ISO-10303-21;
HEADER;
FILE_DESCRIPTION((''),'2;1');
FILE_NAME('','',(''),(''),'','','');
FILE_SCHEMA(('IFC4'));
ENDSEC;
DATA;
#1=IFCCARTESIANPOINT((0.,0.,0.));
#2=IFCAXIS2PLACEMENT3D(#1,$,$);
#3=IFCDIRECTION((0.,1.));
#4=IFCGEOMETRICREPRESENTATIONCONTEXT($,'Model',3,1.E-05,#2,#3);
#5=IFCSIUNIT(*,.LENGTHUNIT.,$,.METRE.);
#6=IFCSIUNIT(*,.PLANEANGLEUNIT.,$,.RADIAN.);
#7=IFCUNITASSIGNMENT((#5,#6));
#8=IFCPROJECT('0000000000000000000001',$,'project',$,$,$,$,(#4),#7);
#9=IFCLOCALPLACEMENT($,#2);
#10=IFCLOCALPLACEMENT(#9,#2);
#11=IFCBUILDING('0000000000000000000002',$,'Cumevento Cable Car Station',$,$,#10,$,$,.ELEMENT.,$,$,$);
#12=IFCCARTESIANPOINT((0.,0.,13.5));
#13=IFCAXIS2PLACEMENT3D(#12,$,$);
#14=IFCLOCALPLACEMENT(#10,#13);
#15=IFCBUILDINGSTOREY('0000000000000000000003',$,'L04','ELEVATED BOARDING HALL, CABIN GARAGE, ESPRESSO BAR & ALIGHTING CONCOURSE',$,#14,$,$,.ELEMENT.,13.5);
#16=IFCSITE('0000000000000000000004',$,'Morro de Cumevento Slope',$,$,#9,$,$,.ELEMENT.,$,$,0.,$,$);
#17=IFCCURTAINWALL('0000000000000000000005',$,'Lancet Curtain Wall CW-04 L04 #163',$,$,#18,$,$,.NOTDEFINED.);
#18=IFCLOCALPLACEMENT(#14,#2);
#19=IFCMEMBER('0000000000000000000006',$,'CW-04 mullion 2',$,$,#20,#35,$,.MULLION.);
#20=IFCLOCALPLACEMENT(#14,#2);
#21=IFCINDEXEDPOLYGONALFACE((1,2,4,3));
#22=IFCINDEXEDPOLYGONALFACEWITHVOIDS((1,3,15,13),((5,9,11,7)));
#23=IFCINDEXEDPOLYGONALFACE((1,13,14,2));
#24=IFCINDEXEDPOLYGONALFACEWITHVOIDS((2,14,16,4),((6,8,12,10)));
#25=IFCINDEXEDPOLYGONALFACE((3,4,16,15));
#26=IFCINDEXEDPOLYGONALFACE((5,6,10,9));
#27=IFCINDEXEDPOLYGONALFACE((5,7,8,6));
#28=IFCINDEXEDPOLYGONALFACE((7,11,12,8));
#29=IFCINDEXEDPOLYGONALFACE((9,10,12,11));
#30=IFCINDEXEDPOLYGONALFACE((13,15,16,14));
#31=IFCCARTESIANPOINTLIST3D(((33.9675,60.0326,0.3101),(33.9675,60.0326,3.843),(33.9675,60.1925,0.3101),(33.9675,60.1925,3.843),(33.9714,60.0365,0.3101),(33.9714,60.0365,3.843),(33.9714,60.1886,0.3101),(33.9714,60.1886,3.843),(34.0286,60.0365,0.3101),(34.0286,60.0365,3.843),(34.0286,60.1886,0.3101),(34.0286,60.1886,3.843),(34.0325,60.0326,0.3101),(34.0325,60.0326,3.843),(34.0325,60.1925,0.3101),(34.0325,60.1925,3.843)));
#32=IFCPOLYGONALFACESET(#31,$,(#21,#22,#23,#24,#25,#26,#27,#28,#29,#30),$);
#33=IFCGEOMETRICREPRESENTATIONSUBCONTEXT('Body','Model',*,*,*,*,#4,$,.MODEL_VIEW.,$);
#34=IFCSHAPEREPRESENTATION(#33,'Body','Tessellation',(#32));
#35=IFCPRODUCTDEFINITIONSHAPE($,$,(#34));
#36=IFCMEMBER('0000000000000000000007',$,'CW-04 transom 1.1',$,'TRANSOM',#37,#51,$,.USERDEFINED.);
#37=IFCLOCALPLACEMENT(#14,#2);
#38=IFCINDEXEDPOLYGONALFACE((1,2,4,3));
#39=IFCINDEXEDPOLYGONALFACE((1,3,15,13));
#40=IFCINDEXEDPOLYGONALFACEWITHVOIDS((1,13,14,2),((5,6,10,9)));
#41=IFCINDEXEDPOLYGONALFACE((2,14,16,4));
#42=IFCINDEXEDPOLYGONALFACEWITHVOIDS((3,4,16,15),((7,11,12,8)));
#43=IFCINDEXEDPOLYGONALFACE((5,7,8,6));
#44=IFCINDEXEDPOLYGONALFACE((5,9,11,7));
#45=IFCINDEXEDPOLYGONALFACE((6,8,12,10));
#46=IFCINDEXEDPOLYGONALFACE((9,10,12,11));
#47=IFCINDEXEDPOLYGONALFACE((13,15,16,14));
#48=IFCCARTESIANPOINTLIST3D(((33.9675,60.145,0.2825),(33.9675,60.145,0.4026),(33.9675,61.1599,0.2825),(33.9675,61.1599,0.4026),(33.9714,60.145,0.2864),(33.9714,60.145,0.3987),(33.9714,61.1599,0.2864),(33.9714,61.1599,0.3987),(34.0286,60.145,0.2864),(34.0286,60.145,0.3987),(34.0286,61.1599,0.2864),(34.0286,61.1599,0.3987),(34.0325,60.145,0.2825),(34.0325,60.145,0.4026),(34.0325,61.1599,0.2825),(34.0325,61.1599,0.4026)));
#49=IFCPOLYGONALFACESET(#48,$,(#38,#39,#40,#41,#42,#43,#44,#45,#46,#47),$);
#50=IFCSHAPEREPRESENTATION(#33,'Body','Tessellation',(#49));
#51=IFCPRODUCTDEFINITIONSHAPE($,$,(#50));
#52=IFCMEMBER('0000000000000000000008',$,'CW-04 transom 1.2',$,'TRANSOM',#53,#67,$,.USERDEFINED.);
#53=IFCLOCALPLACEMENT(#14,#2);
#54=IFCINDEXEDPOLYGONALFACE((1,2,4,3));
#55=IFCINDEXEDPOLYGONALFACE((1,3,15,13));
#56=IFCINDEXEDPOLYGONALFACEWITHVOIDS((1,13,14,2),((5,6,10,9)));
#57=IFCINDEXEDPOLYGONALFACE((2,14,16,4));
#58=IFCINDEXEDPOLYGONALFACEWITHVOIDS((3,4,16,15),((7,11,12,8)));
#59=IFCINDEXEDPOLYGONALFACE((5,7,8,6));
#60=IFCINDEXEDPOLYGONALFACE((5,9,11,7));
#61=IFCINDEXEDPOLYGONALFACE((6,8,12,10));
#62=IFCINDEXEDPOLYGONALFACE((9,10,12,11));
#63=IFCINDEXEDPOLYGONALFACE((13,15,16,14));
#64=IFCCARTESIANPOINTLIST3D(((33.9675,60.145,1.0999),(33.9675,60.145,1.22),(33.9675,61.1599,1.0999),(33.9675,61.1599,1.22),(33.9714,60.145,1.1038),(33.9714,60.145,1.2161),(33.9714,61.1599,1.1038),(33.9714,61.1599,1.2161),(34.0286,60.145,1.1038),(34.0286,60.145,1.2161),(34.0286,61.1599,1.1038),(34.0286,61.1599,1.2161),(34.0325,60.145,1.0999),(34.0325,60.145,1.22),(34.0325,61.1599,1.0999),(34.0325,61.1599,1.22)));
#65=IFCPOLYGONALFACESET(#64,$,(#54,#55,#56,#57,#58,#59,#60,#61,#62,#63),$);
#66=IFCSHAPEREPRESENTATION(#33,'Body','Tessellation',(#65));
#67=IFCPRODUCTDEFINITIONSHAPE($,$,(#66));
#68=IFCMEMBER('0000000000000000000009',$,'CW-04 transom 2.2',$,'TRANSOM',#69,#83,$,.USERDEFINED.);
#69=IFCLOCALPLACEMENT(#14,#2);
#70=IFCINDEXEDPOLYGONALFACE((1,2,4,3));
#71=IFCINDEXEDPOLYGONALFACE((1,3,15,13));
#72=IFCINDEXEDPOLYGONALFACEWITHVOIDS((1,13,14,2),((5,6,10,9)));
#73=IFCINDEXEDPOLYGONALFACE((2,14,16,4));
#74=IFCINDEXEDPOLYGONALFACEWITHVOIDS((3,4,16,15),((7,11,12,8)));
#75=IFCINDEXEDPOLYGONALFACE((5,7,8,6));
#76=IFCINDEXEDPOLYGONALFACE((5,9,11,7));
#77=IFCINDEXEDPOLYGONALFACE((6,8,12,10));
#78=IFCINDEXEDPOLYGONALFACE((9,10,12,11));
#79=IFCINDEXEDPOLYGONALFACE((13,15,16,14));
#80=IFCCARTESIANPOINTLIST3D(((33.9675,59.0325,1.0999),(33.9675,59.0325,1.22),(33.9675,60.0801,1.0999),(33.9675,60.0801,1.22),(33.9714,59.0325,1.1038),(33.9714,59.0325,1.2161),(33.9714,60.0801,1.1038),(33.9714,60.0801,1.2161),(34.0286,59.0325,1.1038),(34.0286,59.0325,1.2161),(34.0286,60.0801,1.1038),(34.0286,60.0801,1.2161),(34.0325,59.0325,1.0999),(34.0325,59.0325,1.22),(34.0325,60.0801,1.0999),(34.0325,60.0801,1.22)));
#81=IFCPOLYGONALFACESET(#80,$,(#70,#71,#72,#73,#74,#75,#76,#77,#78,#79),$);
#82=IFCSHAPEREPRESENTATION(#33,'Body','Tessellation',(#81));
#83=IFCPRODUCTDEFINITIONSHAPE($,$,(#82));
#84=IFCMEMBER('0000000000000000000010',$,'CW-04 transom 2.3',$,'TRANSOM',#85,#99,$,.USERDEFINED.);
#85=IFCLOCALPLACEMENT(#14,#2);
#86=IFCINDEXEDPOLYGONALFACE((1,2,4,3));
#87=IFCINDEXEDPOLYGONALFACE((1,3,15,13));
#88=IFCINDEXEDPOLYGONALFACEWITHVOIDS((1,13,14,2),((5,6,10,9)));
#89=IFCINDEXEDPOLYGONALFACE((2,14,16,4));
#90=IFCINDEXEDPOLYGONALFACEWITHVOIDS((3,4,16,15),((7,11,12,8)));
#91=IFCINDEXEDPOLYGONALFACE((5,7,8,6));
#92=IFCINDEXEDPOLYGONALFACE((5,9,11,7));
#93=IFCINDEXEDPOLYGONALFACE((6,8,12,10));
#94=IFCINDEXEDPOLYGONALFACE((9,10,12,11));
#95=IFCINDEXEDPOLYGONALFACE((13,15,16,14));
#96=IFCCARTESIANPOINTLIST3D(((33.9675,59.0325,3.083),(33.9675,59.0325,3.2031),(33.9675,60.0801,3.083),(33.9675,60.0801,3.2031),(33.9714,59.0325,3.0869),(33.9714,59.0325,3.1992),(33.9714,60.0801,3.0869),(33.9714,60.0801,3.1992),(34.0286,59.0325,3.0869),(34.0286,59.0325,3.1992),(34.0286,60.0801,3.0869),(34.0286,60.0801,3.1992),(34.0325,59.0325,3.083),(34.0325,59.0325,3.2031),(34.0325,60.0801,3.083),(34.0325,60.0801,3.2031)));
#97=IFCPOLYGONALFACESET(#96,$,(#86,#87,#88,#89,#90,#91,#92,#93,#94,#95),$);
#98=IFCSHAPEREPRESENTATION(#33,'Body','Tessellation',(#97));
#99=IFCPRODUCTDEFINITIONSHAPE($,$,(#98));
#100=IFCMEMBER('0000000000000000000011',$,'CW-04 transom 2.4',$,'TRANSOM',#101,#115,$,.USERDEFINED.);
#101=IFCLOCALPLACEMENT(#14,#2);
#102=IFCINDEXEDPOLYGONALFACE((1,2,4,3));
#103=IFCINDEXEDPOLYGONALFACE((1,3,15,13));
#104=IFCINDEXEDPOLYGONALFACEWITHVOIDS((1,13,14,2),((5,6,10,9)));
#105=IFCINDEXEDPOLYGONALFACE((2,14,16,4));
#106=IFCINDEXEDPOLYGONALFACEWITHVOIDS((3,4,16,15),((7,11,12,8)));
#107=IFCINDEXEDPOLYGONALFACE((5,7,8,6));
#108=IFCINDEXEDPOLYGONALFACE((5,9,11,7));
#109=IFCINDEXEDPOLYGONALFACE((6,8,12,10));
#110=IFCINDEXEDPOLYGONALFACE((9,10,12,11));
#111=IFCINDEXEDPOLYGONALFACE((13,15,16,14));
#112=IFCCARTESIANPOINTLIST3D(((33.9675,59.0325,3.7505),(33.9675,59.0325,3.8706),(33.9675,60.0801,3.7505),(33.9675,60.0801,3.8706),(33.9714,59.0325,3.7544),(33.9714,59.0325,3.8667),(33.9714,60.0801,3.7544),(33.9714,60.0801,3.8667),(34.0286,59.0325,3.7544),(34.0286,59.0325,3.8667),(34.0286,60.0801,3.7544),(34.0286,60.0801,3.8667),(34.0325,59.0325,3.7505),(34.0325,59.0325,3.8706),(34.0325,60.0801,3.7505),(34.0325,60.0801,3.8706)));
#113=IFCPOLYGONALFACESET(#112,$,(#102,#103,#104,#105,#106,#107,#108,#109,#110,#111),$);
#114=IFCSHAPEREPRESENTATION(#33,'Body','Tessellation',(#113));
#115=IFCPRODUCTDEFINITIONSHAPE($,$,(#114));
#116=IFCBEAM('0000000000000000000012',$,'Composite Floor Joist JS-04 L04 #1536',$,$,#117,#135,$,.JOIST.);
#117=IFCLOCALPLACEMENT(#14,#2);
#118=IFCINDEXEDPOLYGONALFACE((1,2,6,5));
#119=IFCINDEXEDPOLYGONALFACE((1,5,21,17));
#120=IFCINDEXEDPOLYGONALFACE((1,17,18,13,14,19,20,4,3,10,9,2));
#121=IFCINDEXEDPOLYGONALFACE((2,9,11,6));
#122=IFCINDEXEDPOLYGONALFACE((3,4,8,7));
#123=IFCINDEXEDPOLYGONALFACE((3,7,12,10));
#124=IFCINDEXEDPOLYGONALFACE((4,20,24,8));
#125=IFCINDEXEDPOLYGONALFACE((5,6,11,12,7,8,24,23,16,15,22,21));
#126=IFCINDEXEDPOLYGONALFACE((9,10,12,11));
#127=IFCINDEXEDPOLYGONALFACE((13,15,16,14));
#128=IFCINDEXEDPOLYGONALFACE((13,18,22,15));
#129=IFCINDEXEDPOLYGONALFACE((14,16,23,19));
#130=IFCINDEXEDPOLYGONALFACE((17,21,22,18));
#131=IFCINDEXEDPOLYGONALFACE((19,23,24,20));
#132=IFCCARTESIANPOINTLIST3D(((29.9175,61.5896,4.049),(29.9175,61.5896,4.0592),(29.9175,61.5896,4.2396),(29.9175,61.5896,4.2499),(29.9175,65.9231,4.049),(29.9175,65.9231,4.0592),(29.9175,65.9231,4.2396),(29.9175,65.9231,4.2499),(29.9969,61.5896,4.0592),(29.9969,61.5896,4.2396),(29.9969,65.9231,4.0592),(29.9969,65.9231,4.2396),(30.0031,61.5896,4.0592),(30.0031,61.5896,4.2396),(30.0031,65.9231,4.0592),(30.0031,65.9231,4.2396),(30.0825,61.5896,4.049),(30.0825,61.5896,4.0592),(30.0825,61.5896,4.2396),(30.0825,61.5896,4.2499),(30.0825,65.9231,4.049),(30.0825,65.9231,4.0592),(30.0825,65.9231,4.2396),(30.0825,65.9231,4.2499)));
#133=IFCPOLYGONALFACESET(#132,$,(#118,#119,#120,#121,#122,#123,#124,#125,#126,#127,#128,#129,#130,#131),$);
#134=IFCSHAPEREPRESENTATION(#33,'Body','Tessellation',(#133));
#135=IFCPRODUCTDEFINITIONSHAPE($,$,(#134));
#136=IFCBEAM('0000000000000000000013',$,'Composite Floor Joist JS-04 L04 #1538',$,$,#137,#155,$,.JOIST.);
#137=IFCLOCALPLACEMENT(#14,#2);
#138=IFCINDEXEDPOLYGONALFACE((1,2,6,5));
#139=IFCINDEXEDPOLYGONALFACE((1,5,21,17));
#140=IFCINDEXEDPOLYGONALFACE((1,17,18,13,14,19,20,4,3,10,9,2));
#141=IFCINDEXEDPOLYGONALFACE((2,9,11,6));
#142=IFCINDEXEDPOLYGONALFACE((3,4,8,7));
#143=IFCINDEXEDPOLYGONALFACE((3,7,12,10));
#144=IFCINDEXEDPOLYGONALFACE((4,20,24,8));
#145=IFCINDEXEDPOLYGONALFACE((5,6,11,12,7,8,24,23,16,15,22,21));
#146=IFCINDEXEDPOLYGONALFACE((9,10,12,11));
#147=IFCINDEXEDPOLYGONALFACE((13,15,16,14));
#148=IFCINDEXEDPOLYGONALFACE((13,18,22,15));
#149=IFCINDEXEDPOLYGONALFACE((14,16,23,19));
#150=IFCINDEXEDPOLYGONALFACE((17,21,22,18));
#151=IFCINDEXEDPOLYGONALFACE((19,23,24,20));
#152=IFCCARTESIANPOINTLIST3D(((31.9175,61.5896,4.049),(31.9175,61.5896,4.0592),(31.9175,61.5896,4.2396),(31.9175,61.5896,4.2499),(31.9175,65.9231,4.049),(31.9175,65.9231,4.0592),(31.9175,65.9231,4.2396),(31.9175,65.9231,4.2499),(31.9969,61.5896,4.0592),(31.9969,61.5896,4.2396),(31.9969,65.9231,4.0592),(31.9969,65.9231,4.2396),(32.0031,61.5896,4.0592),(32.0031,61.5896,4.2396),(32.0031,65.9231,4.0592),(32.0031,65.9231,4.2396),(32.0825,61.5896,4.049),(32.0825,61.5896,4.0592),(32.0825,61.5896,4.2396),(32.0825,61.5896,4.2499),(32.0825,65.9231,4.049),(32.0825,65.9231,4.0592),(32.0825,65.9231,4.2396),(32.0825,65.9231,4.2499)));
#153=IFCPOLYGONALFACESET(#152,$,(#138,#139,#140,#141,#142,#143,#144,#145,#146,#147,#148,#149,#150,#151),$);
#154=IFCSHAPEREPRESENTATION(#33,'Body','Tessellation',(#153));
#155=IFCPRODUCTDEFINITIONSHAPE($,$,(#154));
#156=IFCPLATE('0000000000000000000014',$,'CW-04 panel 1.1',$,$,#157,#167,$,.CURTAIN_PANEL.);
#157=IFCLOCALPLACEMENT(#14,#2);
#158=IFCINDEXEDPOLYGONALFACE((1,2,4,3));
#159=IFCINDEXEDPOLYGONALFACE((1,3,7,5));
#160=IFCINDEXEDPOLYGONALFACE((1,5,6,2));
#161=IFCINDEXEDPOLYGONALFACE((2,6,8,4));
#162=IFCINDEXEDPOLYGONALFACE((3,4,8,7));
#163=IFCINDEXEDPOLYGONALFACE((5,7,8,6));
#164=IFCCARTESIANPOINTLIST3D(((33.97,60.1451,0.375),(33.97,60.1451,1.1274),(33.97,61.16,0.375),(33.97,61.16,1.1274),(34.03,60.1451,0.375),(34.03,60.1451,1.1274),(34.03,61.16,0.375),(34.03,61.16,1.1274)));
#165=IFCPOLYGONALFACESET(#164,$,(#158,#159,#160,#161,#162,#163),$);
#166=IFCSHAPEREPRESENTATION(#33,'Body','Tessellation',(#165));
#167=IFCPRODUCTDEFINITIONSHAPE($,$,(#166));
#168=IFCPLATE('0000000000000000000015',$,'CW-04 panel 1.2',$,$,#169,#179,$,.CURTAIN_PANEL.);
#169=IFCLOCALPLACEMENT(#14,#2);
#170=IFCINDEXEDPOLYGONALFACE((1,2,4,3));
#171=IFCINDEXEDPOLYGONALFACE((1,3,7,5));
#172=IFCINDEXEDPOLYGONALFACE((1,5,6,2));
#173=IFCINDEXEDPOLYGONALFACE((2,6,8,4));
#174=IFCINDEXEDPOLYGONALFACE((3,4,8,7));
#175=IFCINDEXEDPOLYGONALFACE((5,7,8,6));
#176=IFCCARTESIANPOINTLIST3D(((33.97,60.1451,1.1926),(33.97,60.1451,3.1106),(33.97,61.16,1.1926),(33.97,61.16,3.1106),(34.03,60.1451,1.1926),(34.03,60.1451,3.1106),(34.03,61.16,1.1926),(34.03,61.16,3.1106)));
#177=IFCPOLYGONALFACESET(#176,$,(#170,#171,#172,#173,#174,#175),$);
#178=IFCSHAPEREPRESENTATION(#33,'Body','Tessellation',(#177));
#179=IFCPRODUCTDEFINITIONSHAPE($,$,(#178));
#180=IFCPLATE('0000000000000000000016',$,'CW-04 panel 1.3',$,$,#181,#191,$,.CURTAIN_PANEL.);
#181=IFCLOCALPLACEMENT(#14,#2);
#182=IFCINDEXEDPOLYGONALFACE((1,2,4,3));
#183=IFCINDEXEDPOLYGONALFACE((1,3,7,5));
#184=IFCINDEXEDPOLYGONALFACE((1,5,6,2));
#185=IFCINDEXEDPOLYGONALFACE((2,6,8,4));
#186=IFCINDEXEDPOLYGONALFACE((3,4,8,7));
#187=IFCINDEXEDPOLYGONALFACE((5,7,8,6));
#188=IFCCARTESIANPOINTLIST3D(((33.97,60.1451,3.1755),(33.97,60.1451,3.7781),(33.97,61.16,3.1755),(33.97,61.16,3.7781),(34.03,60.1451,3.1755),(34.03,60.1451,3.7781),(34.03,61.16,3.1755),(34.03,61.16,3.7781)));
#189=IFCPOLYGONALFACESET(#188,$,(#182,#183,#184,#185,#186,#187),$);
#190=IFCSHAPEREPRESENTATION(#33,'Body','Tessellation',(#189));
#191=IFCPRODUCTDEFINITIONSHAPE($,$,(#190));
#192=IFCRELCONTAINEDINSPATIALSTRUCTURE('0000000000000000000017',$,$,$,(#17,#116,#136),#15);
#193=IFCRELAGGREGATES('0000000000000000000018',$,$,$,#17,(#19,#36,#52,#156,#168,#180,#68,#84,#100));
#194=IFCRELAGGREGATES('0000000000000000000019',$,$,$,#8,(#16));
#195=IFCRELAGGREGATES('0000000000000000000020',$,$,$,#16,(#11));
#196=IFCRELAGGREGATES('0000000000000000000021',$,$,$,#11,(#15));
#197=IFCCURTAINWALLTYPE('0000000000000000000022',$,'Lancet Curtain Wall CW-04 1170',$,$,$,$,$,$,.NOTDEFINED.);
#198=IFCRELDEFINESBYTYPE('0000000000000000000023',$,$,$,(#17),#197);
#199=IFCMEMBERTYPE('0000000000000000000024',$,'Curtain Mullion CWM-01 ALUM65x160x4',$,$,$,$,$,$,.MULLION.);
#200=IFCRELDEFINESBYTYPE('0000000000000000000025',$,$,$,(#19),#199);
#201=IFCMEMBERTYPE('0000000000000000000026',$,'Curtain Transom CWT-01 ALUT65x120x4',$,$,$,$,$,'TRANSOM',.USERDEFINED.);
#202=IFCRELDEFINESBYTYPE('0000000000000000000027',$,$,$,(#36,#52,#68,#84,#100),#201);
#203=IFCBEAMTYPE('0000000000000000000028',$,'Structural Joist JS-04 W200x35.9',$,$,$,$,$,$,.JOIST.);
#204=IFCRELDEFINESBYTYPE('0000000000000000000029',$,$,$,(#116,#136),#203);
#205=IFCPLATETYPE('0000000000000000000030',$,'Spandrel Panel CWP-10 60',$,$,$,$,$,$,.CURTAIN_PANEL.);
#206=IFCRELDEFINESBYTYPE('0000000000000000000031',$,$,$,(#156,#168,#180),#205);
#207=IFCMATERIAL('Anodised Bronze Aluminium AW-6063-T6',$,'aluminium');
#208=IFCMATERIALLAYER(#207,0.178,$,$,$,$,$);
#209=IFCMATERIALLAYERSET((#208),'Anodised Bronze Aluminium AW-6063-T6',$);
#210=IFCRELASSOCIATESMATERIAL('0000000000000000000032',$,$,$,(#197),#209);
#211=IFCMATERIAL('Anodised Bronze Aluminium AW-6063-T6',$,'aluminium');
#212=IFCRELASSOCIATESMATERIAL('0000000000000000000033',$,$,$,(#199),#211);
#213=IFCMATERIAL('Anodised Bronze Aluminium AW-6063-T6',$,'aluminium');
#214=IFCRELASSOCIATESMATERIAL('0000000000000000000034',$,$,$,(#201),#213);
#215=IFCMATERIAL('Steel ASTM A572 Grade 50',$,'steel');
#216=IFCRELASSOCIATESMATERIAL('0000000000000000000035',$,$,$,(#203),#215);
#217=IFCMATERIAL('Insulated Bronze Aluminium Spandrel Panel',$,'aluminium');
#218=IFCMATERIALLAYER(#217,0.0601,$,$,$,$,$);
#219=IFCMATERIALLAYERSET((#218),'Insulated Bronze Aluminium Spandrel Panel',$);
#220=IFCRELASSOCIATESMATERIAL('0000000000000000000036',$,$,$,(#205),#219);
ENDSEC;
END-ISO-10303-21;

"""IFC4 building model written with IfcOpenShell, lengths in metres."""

from ifc_helpers import new_model, si_unit, direction, frame, origin, origin_2d, place, context, subcontext, project, spatial, rectangle, hollow_rectangle, i_section, extrude, material, layer, layer_set, material_profile, profile_set, type_object, element, aggregate, save


model = new_model("IFC4")

# Units and contexts
model_context = context("Model", 3, precision=1e-05, world=origin(), true_north=direction((0.0, 1.0)))
body_context = subcontext(model_context, "Body", "Model", "MODEL_VIEW")
ifc_project = project(units=[si_unit("LENGTHUNIT", "METRE"), si_unit("PLANEANGLEUNIT", "RADIAN")], contexts=[model_context])

# Site, building, storey
site_placement = place(None, origin())
site = spatial("IfcSite", under=ifc_project, at=site_placement, Name="Morro de Cumevento Slope", CompositionType="ELEMENT", RefElevation=0.0)
building_placement = place(site_placement, origin())
building = spatial("IfcBuilding", under=site, at=building_placement, Name="Cumevento Cable Car Station", CompositionType="ELEMENT")
storey_placement = place(building_placement, frame((0.0, 0.0, 13.5)))
storey = spatial("IfcBuildingStorey", under=building, at=storey_placement, Name="L04", Description="ELEVATED BOARDING HALL, CABIN GARAGE, ESPRESSO BAR & ALIGHTING CONCOURSE", CompositionType="ELEMENT", Elevation=13.5)

# Curtain wall, members
ifc_material_1 = material(Name="Anodised Bronze Aluminium AW-6063-T6", Category="aluminium")
ifc_layer_1 = layer(ifc_material_1, 0.178)
ifc_layer_set_1 = layer_set([ifc_layer_1], Name="Anodised Bronze Aluminium AW-6063-T6")
curtain_wall_type = type_object("IfcCurtainWallType", Name="Lancet Curtain Wall CW-04 1170", PredefinedType="NOTDEFINED", material=ifc_layer_set_1)
curtain_wall_placement = place(storey_placement, origin())
curtain_wall = element("IfcCurtainWall", 1, at=curtain_wall_placement, inside=storey, type_object=curtain_wall_type, Name="Lancet Curtain Wall CW-04 L04 #163", PredefinedType="NOTDEFINED")
ifc_material_2 = material(Name="Anodised Bronze Aluminium AW-6063-T6", Category="aluminium")
ifc_material_profile_1 = material_profile(ifc_material_2, hollow_rectangle(XDim=0.0649, YDim=0.1599, WallThickness=0.0039, at=origin_2d()), Name="ALUM65x160x4")
ifc_profile_set_1 = profile_set([ifc_material_profile_1], Name="Anodised Bronze Aluminium AW-6063-T6")
member_type_1 = type_object("IfcMemberType", Name="Curtain Mullion CWM-01 ALUM65x160x4", PredefinedType="MULLION", material=ifc_profile_set_1)
member_1_placement = place(storey_placement, frame((34.0, 60.1125, 0.3101), z_axis=(0.0, 0.0, 1.0), x_axis=(1.0, 0.0, 0.0)))
member_1 = element("IfcMember", 2, at=member_1_placement, type_object=member_type_1, Name="CW-04 mullion 2", PredefinedType="MULLION", context=body_context, shape_type="SweptSolid", body=[
    extrude(hollow_rectangle(XDim=0.0649, YDim=0.1599, WallThickness=0.0039, at=origin_2d()), origin(), (0.0, 0.0, 1.0), 3.533),
])
ifc_material_3 = material(Name="Anodised Bronze Aluminium AW-6063-T6", Category="aluminium")
ifc_material_profile_2 = material_profile(ifc_material_3, hollow_rectangle(XDim=0.0649, YDim=0.1201, WallThickness=0.0039, at=origin_2d()), Name="ALUT65x120x4")
ifc_profile_set_2 = profile_set([ifc_material_profile_2], Name="Anodised Bronze Aluminium AW-6063-T6")
member_type_2 = type_object("IfcMemberType", Name="Curtain Transom CWT-01 ALUT65x120x4", ElementType="TRANSOM", PredefinedType="USERDEFINED", material=ifc_profile_set_2)
member_2_placement = place(storey_placement, frame((34.0, 61.1599, 0.3425), z_axis=(0.0, -1.0, 0.0), x_axis=(1.0, 0.0, 0.0)))
member_2 = element("IfcMember", 3, at=member_2_placement, type_object=member_type_2, Name="CW-04 transom 1.1", ObjectType="TRANSOM", PredefinedType="USERDEFINED", context=body_context, shape_type="SweptSolid", body=[
    extrude(hollow_rectangle(XDim=0.0649, YDim=0.1201, WallThickness=0.0039, at=origin_2d()), origin(), (0.0, 0.0, 1.0), 1.0149),
])
member_3_placement = place(storey_placement, frame((34.0, 61.1599, 1.1599), z_axis=(0.0, -1.0, 0.0), x_axis=(1.0, 0.0, 0.0)))
member_3 = element("IfcMember", 4, at=member_3_placement, type_object=member_type_2, Name="CW-04 transom 1.2", ObjectType="TRANSOM", PredefinedType="USERDEFINED", context=body_context, shape_type="SweptSolid", body=[
    extrude(hollow_rectangle(XDim=0.0649, YDim=0.1201, WallThickness=0.0039, at=origin_2d()), origin(), (0.0, 0.0, 1.0), 1.0149),
])
member_4_placement = place(storey_placement, frame((34.0, 60.0801, 1.1599), z_axis=(0.0, -1.0, 0.0), x_axis=(1.0, 0.0, 0.0)))
member_4 = element("IfcMember", 5, at=member_4_placement, type_object=member_type_2, Name="CW-04 transom 2.2", ObjectType="TRANSOM", PredefinedType="USERDEFINED", context=body_context, shape_type="SweptSolid", body=[
    extrude(hollow_rectangle(XDim=0.0649, YDim=0.1201, WallThickness=0.0039, at=origin_2d()), origin(), (0.0, 0.0, 1.0), 1.0476),
])
member_5_placement = place(storey_placement, frame((34.0, 60.0801, 3.1431), z_axis=(0.0, -1.0, 0.0), x_axis=(1.0, 0.0, 0.0)))
member_5 = element("IfcMember", 6, at=member_5_placement, type_object=member_type_2, Name="CW-04 transom 2.3", ObjectType="TRANSOM", PredefinedType="USERDEFINED", context=body_context, shape_type="SweptSolid", body=[
    extrude(hollow_rectangle(XDim=0.0649, YDim=0.1201, WallThickness=0.0039, at=origin_2d()), origin(), (0.0, 0.0, 1.0), 1.0476),
])
member_6_placement = place(storey_placement, frame((34.0, 60.0801, 3.8105), z_axis=(0.0, -1.0, 0.0), x_axis=(1.0, 0.0, 0.0)))
member_6 = element("IfcMember", 7, at=member_6_placement, type_object=member_type_2, Name="CW-04 transom 2.4", ObjectType="TRANSOM", PredefinedType="USERDEFINED", context=body_context, shape_type="SweptSolid", body=[
    extrude(hollow_rectangle(XDim=0.0649, YDim=0.1201, WallThickness=0.0039, at=origin_2d()), origin(), (0.0, 0.0, 1.0), 1.0476),
])

# Beams
ifc_material_4 = material(Name="Steel ASTM A572 Grade 50", Category="steel")
ifc_material_profile_3 = material_profile(ifc_material_4, i_section(OverallWidth=0.165, OverallDepth=0.2009, WebThickness=0.0061, FlangeThickness=0.0103, at=origin_2d()), Name="W200x35.9")
ifc_profile_set_3 = profile_set([ifc_material_profile_3], Name="Steel ASTM A572 Grade 50")
beam_type = type_object("IfcBeamType", Name="Structural Joist JS-04 W200x35.9", PredefinedType="JOIST", material=ifc_profile_set_3)
for number, where, z_axis, x_axis, name in (
    (8, (30.0, 61.5896, 4.1494), (0.0, 1.0, 0.0), (-1.0, 0.0, 0.0), "Composite Floor Joist JS-04 L04 #1536"),
    (9, (32.0, 61.5896, 4.1494), (0.0, 1.0, 0.0), (-1.0, 0.0, 0.0), "Composite Floor Joist JS-04 L04 #1538"),
):
    element("IfcBeam", number, at=place(storey_placement, frame(where, z_axis=z_axis, x_axis=x_axis)), inside=storey, type_object=beam_type, Name=name, PredefinedType="JOIST", context=body_context, shape_type="SweptSolid", body=[
        extrude(i_section(OverallWidth=0.165, OverallDepth=0.2009, WebThickness=0.0061, FlangeThickness=0.0103, at=origin_2d()), origin(), (0.0, 0.0, 1.0), 4.3335),
    ])

# Plates
ifc_material_5 = material(Name="Insulated Bronze Aluminium Spandrel Panel", Category="aluminium")
ifc_layer_2 = layer(ifc_material_5, 0.0601)
ifc_layer_set_2 = layer_set([ifc_layer_2], Name="Insulated Bronze Aluminium Spandrel Panel")
plate_type = type_object("IfcPlateType", Name="Spandrel Panel CWP-10 60", PredefinedType="CURTAIN_PANEL", material=ifc_layer_set_2)
plate_1_placement = place(storey_placement, frame((34.0, 60.6526, 0.375), z_axis=(0.0, 0.0, 1.0), x_axis=(0.0, -1.0, 0.0)))
plate_1 = element("IfcPlate", 10, at=plate_1_placement, type_object=plate_type, Name="CW-04 panel 1.1", PredefinedType="CURTAIN_PANEL", context=body_context, shape_type="SweptSolid", body=[
    extrude(rectangle(XDim=1.0149, YDim=0.0601, at=origin_2d()), origin(), (0.0, 0.0, 1.0), 0.7524),
])
plate_2_placement = place(storey_placement, frame((34.0, 60.6526, 1.1926), z_axis=(0.0, 0.0, 1.0), x_axis=(0.0, -1.0, 0.0)))
plate_2 = element("IfcPlate", 11, at=plate_2_placement, type_object=plate_type, Name="CW-04 panel 1.2", PredefinedType="CURTAIN_PANEL", context=body_context, shape_type="SweptSolid", body=[
    extrude(rectangle(XDim=1.0149, YDim=0.0601, at=origin_2d()), origin(), (0.0, 0.0, 1.0), 1.918),
])
plate_3_placement = place(storey_placement, frame((34.0, 60.6526, 3.1755), z_axis=(0.0, 0.0, 1.0), x_axis=(0.0, -1.0, 0.0)))
plate_3 = element("IfcPlate", 12, at=plate_3_placement, type_object=plate_type, Name="CW-04 panel 1.3", PredefinedType="CURTAIN_PANEL", context=body_context, shape_type="SweptSolid", body=[
    extrude(rectangle(XDim=1.0149, YDim=0.0601, at=origin_2d()), origin(), (0.0, 0.0, 1.0), 0.6025),
])
aggregate(curtain_wall, [member_1, member_2, member_3, plate_1, plate_2, plate_3, member_4, member_5, member_6])

save(model, "model.ifc")
